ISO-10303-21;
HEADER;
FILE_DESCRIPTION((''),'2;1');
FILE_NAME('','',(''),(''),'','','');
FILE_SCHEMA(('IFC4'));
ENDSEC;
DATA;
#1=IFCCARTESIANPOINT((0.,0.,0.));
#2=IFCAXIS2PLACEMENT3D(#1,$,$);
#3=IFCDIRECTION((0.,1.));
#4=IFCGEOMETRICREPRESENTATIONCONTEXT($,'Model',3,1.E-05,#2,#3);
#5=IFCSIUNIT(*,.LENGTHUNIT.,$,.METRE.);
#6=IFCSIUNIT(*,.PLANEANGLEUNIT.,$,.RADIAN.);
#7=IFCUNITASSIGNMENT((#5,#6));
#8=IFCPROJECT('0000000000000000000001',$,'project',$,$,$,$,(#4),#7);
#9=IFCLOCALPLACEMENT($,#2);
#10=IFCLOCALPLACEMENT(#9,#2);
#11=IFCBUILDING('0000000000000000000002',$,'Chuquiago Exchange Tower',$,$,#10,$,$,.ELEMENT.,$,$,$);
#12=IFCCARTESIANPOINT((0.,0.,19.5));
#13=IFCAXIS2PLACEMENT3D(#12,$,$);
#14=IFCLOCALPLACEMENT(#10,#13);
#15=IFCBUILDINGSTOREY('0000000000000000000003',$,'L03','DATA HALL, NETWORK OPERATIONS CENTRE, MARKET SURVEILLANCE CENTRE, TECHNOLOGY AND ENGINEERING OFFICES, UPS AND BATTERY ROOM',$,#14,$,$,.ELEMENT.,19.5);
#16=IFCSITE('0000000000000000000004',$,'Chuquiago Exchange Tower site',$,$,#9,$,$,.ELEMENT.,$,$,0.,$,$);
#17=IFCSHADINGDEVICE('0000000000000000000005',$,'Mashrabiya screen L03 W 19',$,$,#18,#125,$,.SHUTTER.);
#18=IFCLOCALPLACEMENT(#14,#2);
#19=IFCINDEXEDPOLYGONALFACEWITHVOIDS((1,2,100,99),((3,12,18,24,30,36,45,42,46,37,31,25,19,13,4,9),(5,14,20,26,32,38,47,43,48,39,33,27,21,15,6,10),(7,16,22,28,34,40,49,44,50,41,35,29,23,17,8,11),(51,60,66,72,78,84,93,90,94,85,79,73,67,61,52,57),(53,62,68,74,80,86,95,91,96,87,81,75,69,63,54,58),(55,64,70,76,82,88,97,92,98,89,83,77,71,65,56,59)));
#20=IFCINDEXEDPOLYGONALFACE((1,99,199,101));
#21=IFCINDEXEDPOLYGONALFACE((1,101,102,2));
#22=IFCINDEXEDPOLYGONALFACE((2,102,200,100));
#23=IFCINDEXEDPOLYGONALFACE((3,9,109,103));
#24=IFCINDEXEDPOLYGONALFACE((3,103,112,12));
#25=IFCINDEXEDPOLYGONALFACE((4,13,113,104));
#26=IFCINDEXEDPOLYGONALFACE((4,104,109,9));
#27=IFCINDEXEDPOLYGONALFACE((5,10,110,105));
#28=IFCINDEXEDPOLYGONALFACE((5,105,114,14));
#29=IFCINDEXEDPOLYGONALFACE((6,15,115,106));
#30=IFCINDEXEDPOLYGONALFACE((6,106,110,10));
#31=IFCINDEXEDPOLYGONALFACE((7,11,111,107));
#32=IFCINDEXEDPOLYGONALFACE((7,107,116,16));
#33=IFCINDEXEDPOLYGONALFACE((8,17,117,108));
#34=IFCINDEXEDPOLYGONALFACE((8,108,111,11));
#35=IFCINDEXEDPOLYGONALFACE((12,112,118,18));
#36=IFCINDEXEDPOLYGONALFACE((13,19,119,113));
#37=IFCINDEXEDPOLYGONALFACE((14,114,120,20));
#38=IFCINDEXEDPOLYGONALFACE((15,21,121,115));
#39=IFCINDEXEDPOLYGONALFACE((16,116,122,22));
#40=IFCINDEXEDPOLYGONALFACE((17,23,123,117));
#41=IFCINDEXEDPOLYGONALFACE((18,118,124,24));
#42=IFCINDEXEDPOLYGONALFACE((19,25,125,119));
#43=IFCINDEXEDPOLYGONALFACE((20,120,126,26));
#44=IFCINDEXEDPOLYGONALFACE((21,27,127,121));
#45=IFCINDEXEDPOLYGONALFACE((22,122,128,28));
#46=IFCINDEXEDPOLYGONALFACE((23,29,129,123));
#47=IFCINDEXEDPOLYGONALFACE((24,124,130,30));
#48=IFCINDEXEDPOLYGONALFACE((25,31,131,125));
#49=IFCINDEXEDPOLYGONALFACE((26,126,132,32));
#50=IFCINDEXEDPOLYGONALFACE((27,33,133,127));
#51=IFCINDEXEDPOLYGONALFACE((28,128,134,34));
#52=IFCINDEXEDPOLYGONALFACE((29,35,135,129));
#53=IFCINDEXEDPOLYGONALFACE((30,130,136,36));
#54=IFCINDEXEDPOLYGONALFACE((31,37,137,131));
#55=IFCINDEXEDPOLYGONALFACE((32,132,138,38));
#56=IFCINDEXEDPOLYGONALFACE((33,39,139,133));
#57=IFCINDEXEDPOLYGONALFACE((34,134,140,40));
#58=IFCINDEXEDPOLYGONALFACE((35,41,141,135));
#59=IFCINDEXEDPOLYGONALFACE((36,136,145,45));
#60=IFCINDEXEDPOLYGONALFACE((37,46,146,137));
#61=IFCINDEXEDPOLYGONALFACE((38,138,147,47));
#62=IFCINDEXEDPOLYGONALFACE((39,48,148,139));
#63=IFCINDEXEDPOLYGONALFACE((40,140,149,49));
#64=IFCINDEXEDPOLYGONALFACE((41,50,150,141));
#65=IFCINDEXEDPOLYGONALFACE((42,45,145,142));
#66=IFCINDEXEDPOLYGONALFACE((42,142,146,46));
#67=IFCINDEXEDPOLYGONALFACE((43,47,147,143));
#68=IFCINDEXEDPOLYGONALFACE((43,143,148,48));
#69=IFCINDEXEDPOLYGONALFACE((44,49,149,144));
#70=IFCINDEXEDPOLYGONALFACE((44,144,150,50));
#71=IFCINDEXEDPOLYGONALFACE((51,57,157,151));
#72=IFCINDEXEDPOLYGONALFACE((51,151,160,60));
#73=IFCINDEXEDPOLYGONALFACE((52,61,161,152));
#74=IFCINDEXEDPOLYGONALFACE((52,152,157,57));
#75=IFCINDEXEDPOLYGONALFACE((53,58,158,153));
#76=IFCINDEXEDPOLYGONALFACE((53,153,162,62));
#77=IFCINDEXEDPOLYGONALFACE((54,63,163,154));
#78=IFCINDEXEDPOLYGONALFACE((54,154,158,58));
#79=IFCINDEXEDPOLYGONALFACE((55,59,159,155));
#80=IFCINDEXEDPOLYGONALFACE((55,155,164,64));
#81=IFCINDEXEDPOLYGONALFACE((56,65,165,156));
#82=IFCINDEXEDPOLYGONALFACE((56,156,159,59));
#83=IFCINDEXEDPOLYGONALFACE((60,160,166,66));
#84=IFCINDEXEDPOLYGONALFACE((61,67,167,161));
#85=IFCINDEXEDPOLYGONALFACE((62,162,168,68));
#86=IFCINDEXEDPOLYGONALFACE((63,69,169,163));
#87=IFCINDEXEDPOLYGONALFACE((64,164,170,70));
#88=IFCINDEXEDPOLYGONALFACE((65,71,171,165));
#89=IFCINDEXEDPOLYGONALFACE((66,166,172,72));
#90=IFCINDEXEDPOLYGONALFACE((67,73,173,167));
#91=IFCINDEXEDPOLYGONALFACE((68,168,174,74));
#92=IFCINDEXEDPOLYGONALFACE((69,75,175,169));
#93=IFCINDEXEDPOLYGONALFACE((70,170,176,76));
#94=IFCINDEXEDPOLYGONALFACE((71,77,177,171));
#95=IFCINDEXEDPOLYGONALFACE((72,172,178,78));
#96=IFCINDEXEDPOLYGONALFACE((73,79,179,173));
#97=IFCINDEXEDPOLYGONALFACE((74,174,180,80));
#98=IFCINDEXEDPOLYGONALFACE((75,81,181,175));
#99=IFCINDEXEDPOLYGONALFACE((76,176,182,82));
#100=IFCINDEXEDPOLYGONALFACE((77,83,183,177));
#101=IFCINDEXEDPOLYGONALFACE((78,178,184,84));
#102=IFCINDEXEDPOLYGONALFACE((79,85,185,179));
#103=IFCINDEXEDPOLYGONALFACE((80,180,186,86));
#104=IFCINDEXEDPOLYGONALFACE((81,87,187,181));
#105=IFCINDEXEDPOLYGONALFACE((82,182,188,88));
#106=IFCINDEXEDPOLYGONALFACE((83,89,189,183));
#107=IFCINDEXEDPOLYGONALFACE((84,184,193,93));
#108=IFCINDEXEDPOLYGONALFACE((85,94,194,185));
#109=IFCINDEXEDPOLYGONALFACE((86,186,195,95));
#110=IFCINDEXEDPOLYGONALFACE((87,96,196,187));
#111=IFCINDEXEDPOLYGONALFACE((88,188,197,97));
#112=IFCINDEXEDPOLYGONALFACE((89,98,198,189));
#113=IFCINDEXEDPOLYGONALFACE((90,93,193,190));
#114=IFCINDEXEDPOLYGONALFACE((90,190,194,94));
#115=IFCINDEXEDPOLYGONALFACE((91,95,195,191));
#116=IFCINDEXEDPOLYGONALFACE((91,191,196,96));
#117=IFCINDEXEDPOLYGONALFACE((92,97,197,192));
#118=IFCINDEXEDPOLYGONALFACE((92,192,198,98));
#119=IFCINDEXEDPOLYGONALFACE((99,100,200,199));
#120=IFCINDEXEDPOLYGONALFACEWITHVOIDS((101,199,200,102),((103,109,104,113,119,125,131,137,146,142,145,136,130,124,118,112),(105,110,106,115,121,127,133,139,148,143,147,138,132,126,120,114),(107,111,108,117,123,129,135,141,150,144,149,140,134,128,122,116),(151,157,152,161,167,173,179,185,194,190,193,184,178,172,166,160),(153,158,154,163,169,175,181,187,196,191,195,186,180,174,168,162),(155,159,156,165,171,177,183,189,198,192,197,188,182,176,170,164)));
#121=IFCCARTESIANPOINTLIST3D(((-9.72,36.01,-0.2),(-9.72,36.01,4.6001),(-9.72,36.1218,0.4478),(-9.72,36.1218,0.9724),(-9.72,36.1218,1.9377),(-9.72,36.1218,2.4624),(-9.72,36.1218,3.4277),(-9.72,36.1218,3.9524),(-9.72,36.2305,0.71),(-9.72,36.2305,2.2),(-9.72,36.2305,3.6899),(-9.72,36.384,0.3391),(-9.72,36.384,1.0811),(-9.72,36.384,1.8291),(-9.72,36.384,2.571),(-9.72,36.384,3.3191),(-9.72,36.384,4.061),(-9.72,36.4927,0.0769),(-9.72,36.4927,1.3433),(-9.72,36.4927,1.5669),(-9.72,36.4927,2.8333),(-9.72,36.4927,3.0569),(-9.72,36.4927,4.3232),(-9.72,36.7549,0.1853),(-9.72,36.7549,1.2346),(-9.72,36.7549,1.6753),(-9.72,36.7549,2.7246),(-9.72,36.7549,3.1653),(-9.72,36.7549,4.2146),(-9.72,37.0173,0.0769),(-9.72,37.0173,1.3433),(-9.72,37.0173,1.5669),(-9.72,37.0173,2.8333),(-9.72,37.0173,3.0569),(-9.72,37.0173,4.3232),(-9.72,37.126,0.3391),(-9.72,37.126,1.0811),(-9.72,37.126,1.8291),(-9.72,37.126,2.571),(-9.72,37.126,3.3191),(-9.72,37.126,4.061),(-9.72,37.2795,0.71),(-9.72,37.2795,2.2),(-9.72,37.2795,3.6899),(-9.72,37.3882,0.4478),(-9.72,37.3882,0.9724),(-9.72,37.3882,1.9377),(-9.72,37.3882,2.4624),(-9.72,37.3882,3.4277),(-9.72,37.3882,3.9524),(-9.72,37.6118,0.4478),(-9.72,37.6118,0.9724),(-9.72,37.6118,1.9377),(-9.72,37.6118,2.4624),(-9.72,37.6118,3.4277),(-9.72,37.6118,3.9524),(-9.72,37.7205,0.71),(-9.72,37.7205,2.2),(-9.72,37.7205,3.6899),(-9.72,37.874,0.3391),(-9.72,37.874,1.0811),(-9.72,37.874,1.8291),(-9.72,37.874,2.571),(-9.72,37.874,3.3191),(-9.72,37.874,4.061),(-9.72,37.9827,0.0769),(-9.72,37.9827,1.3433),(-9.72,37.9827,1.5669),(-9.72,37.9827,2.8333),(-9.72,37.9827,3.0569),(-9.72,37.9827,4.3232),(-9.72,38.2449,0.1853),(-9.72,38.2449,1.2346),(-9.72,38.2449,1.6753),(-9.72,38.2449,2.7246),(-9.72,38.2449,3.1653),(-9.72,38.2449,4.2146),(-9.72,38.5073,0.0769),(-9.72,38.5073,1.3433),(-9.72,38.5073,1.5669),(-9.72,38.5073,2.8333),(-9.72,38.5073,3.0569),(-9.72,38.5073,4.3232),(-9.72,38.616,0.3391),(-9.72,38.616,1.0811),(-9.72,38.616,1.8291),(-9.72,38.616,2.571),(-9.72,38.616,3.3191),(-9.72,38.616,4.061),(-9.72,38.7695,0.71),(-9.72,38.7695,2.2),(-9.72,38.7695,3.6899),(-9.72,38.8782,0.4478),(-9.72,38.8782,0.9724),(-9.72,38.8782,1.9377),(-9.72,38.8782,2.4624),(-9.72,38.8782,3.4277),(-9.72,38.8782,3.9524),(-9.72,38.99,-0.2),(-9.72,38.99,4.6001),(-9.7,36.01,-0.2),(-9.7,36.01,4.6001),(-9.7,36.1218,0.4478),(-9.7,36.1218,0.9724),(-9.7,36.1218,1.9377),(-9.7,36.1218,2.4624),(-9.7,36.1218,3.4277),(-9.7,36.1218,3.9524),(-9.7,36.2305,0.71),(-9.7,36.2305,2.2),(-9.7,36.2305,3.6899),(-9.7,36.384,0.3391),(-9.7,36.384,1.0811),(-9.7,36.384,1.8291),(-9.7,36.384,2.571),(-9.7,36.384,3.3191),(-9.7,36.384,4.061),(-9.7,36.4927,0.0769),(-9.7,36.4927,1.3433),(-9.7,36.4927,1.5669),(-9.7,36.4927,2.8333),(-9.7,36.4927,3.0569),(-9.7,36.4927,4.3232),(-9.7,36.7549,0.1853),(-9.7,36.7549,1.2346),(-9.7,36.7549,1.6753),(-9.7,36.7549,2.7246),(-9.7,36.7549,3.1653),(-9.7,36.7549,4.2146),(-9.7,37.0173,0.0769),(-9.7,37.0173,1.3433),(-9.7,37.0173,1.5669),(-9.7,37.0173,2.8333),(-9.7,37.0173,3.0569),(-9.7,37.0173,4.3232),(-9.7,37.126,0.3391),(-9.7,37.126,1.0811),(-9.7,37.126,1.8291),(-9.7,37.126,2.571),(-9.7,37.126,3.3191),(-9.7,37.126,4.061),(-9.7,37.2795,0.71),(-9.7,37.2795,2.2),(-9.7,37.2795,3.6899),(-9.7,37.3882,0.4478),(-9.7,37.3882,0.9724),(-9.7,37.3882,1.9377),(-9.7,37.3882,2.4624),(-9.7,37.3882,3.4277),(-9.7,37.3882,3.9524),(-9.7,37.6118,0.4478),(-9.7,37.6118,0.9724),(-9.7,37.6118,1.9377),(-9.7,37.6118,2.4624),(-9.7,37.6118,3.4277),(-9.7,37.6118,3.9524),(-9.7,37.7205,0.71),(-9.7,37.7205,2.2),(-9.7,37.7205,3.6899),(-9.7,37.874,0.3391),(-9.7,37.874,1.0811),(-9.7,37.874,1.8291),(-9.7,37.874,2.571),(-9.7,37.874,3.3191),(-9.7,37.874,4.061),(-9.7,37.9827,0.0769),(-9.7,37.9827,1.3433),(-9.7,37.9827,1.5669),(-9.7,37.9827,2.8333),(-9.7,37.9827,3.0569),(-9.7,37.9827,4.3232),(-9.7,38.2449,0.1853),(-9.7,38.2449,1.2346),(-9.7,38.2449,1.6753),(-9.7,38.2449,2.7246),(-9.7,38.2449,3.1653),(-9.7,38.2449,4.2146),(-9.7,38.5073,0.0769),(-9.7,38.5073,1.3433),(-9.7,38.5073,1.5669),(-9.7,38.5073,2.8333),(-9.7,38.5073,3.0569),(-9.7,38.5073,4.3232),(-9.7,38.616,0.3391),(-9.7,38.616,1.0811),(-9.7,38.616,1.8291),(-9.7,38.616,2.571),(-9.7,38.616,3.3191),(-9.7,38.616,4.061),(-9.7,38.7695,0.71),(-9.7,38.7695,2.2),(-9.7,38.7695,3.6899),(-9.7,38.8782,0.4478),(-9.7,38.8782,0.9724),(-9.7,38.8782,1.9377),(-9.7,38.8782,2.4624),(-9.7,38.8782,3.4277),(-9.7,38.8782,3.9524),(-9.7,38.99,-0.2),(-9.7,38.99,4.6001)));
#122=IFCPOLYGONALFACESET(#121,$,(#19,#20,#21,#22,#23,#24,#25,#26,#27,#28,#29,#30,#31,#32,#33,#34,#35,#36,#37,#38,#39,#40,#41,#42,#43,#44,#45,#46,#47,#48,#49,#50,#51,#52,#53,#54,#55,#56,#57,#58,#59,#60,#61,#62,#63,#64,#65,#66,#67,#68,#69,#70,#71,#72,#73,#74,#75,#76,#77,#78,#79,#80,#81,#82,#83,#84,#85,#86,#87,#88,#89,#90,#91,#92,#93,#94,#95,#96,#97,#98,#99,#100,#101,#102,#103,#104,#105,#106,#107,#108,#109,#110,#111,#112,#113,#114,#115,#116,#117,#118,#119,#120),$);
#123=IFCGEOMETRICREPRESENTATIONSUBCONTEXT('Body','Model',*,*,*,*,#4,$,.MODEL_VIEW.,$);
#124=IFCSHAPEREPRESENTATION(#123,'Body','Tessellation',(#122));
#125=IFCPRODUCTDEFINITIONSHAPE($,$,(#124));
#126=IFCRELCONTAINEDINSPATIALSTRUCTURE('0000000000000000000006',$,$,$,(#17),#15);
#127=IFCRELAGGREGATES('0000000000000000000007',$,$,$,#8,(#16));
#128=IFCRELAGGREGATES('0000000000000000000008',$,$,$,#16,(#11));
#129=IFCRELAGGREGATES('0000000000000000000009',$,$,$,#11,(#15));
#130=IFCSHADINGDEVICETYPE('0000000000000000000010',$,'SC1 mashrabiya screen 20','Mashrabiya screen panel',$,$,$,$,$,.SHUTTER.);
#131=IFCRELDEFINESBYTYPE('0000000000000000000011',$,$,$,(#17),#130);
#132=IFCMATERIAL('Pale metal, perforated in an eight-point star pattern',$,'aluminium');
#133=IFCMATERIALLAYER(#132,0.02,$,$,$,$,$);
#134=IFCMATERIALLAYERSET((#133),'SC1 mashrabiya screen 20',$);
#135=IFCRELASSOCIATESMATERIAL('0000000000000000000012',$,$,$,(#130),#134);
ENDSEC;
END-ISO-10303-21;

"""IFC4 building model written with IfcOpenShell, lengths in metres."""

from ifc_helpers import new_model, si_unit, direction, frame, origin, place, context, subcontext, project, spatial, polyline, outline, extrude, material, layer, layer_set, type_object, element, save


model = new_model("IFC4")

# Units and contexts
model_context = context("Model", 3, precision=1e-05, world=origin(), true_north=direction((0.0, 1.0)))
body_context = subcontext(model_context, "Body", "Model", "MODEL_VIEW")
ifc_project = project(units=[si_unit("LENGTHUNIT", "METRE"), si_unit("PLANEANGLEUNIT", "RADIAN")], contexts=[model_context])

# Site, building, storey
site_placement = place(None, origin())
site = spatial("IfcSite", under=ifc_project, at=site_placement, Name="Chuquiago Exchange Tower site", CompositionType="ELEMENT", RefElevation=0.0)
building_placement = place(site_placement, origin())
building = spatial("IfcBuilding", under=site, at=building_placement, Name="Chuquiago Exchange Tower", CompositionType="ELEMENT")
storey_placement = place(building_placement, frame((0.0, 0.0, 19.5)))
storey = spatial("IfcBuildingStorey", under=building, at=storey_placement, Name="L03", Description="DATA HALL, NETWORK OPERATIONS CENTRE, MARKET SURVEILLANCE CENTRE, TECHNOLOGY AND ENGINEERING OFFICES, UPS AND BATTERY ROOM", CompositionType="ELEMENT", Elevation=19.5)

# Shading device
ifc_material_1 = material(Name="Pale metal, perforated in an eight-point star pattern", Category="aluminium")
ifc_layer_1 = layer(ifc_material_1, 0.02)
ifc_layer_set_1 = layer_set([ifc_layer_1], Name="SC1 mashrabiya screen 20")
shading_device_type = type_object("IfcShadingDeviceType", Name="SC1 mashrabiya screen 20", Description="Mashrabiya screen panel", PredefinedType="SHUTTER", material=ifc_layer_set_1)
shading_device_1_placement = place(storey_placement, frame((-9.7, 38.99, -0.2), z_axis=(0.0, 0.0, 1.0), x_axis=(0.0, -1.0, 0.0)))
element("IfcShadingDevice", 1, at=shading_device_1_placement, inside=storey, type_object=shading_device_type, Name="Mashrabiya screen L03 W 19", PredefinedType="SHUTTER", context=body_context, shape_type="SweptSolid", body=[
    extrude(outline(polyline([(0.0, 0.0), (2.98, 0.0), (2.98, 4.8), (0.0, 4.8), (0.0, 0.0)]), holes=[polyline([(1.2695, 0.9099), (1.3782, 1.1724), (1.116, 1.281), (1.0073, 1.5432), (0.7451, 1.4346), (0.4827, 1.5432), (0.374, 1.281), (0.1118, 1.1724), (0.2205, 0.9099), (0.1118, 0.6477), (0.374, 0.5391), (0.4827, 0.2769), (0.7451, 0.3853), (1.0073, 0.2769), (1.116, 0.5391), (1.3782, 0.6477), (1.2695, 0.9099)]), polyline([(2.7595, 0.9099), (2.8682, 1.1724), (2.606, 1.281), (2.4973, 1.5432), (2.2351, 1.4346), (1.9727, 1.5432), (1.864, 1.281), (1.6018, 1.1724), (1.7104, 0.9099), (1.6018, 0.6477), (1.864, 0.5391), (1.9727, 0.2769), (2.2351, 0.3853), (2.4973, 0.2769), (2.606, 0.5391), (2.8682, 0.6477), (2.7595, 0.9099)]), polyline([(1.2695, 2.3999), (1.3782, 2.6624), (1.116, 2.771), (1.0073, 3.0332), (0.7451, 2.9246), (0.4827, 3.0332), (0.374, 2.771), (0.1118, 2.6624), (0.2205, 2.3999), (0.1118, 2.1377), (0.374, 2.0291), (0.4827, 1.7668), (0.7451, 1.8752), (1.0073, 1.7668), (1.116, 2.0291), (1.3782, 2.1377), (1.2695, 2.3999)]), polyline([(2.7595, 2.3999), (2.8682, 2.6624), (2.606, 2.771), (2.4973, 3.0332), (2.2351, 2.9246), (1.9727, 3.0332), (1.864, 2.771), (1.6018, 2.6624), (1.7104, 2.3999), (1.6018, 2.1377), (1.864, 2.0291), (1.9727, 1.7668), (2.2351, 1.8752), (2.4973, 1.7668), (2.606, 2.0291), (2.8682, 2.1377), (2.7595, 2.3999)]), polyline([(1.2695, 3.8899), (1.3782, 4.1523), (1.116, 4.261), (1.0073, 4.5232), (0.7451, 4.4146), (0.4827, 4.5232), (0.374, 4.261), (0.1118, 4.1523), (0.2205, 3.8899), (0.1118, 3.6277), (0.374, 3.519), (0.4827, 3.2568), (0.7451, 3.3652), (1.0073, 3.2568), (1.116, 3.519), (1.3782, 3.6277), (1.2695, 3.8899)]), polyline([(2.7595, 3.8899), (2.8682, 4.1523), (2.606, 4.261), (2.4973, 4.5232), (2.2351, 4.4146), (1.9727, 4.5232), (1.864, 4.261), (1.6018, 4.1523), (1.7104, 3.8899), (1.6018, 3.6277), (1.864, 3.519), (1.9727, 3.2568), (2.2351, 3.3652), (2.4973, 3.2568), (2.606, 3.519), (2.8682, 3.6277), (2.7595, 3.8899)])]), frame((0.0, 0.0, 0.0), z_axis=(0.0, -1.0, 0.0), x_axis=(1.0, 0.0, 0.0)), (0.0, 0.0, 1.0), 0.02),
])

save(model, "model.ifc")
